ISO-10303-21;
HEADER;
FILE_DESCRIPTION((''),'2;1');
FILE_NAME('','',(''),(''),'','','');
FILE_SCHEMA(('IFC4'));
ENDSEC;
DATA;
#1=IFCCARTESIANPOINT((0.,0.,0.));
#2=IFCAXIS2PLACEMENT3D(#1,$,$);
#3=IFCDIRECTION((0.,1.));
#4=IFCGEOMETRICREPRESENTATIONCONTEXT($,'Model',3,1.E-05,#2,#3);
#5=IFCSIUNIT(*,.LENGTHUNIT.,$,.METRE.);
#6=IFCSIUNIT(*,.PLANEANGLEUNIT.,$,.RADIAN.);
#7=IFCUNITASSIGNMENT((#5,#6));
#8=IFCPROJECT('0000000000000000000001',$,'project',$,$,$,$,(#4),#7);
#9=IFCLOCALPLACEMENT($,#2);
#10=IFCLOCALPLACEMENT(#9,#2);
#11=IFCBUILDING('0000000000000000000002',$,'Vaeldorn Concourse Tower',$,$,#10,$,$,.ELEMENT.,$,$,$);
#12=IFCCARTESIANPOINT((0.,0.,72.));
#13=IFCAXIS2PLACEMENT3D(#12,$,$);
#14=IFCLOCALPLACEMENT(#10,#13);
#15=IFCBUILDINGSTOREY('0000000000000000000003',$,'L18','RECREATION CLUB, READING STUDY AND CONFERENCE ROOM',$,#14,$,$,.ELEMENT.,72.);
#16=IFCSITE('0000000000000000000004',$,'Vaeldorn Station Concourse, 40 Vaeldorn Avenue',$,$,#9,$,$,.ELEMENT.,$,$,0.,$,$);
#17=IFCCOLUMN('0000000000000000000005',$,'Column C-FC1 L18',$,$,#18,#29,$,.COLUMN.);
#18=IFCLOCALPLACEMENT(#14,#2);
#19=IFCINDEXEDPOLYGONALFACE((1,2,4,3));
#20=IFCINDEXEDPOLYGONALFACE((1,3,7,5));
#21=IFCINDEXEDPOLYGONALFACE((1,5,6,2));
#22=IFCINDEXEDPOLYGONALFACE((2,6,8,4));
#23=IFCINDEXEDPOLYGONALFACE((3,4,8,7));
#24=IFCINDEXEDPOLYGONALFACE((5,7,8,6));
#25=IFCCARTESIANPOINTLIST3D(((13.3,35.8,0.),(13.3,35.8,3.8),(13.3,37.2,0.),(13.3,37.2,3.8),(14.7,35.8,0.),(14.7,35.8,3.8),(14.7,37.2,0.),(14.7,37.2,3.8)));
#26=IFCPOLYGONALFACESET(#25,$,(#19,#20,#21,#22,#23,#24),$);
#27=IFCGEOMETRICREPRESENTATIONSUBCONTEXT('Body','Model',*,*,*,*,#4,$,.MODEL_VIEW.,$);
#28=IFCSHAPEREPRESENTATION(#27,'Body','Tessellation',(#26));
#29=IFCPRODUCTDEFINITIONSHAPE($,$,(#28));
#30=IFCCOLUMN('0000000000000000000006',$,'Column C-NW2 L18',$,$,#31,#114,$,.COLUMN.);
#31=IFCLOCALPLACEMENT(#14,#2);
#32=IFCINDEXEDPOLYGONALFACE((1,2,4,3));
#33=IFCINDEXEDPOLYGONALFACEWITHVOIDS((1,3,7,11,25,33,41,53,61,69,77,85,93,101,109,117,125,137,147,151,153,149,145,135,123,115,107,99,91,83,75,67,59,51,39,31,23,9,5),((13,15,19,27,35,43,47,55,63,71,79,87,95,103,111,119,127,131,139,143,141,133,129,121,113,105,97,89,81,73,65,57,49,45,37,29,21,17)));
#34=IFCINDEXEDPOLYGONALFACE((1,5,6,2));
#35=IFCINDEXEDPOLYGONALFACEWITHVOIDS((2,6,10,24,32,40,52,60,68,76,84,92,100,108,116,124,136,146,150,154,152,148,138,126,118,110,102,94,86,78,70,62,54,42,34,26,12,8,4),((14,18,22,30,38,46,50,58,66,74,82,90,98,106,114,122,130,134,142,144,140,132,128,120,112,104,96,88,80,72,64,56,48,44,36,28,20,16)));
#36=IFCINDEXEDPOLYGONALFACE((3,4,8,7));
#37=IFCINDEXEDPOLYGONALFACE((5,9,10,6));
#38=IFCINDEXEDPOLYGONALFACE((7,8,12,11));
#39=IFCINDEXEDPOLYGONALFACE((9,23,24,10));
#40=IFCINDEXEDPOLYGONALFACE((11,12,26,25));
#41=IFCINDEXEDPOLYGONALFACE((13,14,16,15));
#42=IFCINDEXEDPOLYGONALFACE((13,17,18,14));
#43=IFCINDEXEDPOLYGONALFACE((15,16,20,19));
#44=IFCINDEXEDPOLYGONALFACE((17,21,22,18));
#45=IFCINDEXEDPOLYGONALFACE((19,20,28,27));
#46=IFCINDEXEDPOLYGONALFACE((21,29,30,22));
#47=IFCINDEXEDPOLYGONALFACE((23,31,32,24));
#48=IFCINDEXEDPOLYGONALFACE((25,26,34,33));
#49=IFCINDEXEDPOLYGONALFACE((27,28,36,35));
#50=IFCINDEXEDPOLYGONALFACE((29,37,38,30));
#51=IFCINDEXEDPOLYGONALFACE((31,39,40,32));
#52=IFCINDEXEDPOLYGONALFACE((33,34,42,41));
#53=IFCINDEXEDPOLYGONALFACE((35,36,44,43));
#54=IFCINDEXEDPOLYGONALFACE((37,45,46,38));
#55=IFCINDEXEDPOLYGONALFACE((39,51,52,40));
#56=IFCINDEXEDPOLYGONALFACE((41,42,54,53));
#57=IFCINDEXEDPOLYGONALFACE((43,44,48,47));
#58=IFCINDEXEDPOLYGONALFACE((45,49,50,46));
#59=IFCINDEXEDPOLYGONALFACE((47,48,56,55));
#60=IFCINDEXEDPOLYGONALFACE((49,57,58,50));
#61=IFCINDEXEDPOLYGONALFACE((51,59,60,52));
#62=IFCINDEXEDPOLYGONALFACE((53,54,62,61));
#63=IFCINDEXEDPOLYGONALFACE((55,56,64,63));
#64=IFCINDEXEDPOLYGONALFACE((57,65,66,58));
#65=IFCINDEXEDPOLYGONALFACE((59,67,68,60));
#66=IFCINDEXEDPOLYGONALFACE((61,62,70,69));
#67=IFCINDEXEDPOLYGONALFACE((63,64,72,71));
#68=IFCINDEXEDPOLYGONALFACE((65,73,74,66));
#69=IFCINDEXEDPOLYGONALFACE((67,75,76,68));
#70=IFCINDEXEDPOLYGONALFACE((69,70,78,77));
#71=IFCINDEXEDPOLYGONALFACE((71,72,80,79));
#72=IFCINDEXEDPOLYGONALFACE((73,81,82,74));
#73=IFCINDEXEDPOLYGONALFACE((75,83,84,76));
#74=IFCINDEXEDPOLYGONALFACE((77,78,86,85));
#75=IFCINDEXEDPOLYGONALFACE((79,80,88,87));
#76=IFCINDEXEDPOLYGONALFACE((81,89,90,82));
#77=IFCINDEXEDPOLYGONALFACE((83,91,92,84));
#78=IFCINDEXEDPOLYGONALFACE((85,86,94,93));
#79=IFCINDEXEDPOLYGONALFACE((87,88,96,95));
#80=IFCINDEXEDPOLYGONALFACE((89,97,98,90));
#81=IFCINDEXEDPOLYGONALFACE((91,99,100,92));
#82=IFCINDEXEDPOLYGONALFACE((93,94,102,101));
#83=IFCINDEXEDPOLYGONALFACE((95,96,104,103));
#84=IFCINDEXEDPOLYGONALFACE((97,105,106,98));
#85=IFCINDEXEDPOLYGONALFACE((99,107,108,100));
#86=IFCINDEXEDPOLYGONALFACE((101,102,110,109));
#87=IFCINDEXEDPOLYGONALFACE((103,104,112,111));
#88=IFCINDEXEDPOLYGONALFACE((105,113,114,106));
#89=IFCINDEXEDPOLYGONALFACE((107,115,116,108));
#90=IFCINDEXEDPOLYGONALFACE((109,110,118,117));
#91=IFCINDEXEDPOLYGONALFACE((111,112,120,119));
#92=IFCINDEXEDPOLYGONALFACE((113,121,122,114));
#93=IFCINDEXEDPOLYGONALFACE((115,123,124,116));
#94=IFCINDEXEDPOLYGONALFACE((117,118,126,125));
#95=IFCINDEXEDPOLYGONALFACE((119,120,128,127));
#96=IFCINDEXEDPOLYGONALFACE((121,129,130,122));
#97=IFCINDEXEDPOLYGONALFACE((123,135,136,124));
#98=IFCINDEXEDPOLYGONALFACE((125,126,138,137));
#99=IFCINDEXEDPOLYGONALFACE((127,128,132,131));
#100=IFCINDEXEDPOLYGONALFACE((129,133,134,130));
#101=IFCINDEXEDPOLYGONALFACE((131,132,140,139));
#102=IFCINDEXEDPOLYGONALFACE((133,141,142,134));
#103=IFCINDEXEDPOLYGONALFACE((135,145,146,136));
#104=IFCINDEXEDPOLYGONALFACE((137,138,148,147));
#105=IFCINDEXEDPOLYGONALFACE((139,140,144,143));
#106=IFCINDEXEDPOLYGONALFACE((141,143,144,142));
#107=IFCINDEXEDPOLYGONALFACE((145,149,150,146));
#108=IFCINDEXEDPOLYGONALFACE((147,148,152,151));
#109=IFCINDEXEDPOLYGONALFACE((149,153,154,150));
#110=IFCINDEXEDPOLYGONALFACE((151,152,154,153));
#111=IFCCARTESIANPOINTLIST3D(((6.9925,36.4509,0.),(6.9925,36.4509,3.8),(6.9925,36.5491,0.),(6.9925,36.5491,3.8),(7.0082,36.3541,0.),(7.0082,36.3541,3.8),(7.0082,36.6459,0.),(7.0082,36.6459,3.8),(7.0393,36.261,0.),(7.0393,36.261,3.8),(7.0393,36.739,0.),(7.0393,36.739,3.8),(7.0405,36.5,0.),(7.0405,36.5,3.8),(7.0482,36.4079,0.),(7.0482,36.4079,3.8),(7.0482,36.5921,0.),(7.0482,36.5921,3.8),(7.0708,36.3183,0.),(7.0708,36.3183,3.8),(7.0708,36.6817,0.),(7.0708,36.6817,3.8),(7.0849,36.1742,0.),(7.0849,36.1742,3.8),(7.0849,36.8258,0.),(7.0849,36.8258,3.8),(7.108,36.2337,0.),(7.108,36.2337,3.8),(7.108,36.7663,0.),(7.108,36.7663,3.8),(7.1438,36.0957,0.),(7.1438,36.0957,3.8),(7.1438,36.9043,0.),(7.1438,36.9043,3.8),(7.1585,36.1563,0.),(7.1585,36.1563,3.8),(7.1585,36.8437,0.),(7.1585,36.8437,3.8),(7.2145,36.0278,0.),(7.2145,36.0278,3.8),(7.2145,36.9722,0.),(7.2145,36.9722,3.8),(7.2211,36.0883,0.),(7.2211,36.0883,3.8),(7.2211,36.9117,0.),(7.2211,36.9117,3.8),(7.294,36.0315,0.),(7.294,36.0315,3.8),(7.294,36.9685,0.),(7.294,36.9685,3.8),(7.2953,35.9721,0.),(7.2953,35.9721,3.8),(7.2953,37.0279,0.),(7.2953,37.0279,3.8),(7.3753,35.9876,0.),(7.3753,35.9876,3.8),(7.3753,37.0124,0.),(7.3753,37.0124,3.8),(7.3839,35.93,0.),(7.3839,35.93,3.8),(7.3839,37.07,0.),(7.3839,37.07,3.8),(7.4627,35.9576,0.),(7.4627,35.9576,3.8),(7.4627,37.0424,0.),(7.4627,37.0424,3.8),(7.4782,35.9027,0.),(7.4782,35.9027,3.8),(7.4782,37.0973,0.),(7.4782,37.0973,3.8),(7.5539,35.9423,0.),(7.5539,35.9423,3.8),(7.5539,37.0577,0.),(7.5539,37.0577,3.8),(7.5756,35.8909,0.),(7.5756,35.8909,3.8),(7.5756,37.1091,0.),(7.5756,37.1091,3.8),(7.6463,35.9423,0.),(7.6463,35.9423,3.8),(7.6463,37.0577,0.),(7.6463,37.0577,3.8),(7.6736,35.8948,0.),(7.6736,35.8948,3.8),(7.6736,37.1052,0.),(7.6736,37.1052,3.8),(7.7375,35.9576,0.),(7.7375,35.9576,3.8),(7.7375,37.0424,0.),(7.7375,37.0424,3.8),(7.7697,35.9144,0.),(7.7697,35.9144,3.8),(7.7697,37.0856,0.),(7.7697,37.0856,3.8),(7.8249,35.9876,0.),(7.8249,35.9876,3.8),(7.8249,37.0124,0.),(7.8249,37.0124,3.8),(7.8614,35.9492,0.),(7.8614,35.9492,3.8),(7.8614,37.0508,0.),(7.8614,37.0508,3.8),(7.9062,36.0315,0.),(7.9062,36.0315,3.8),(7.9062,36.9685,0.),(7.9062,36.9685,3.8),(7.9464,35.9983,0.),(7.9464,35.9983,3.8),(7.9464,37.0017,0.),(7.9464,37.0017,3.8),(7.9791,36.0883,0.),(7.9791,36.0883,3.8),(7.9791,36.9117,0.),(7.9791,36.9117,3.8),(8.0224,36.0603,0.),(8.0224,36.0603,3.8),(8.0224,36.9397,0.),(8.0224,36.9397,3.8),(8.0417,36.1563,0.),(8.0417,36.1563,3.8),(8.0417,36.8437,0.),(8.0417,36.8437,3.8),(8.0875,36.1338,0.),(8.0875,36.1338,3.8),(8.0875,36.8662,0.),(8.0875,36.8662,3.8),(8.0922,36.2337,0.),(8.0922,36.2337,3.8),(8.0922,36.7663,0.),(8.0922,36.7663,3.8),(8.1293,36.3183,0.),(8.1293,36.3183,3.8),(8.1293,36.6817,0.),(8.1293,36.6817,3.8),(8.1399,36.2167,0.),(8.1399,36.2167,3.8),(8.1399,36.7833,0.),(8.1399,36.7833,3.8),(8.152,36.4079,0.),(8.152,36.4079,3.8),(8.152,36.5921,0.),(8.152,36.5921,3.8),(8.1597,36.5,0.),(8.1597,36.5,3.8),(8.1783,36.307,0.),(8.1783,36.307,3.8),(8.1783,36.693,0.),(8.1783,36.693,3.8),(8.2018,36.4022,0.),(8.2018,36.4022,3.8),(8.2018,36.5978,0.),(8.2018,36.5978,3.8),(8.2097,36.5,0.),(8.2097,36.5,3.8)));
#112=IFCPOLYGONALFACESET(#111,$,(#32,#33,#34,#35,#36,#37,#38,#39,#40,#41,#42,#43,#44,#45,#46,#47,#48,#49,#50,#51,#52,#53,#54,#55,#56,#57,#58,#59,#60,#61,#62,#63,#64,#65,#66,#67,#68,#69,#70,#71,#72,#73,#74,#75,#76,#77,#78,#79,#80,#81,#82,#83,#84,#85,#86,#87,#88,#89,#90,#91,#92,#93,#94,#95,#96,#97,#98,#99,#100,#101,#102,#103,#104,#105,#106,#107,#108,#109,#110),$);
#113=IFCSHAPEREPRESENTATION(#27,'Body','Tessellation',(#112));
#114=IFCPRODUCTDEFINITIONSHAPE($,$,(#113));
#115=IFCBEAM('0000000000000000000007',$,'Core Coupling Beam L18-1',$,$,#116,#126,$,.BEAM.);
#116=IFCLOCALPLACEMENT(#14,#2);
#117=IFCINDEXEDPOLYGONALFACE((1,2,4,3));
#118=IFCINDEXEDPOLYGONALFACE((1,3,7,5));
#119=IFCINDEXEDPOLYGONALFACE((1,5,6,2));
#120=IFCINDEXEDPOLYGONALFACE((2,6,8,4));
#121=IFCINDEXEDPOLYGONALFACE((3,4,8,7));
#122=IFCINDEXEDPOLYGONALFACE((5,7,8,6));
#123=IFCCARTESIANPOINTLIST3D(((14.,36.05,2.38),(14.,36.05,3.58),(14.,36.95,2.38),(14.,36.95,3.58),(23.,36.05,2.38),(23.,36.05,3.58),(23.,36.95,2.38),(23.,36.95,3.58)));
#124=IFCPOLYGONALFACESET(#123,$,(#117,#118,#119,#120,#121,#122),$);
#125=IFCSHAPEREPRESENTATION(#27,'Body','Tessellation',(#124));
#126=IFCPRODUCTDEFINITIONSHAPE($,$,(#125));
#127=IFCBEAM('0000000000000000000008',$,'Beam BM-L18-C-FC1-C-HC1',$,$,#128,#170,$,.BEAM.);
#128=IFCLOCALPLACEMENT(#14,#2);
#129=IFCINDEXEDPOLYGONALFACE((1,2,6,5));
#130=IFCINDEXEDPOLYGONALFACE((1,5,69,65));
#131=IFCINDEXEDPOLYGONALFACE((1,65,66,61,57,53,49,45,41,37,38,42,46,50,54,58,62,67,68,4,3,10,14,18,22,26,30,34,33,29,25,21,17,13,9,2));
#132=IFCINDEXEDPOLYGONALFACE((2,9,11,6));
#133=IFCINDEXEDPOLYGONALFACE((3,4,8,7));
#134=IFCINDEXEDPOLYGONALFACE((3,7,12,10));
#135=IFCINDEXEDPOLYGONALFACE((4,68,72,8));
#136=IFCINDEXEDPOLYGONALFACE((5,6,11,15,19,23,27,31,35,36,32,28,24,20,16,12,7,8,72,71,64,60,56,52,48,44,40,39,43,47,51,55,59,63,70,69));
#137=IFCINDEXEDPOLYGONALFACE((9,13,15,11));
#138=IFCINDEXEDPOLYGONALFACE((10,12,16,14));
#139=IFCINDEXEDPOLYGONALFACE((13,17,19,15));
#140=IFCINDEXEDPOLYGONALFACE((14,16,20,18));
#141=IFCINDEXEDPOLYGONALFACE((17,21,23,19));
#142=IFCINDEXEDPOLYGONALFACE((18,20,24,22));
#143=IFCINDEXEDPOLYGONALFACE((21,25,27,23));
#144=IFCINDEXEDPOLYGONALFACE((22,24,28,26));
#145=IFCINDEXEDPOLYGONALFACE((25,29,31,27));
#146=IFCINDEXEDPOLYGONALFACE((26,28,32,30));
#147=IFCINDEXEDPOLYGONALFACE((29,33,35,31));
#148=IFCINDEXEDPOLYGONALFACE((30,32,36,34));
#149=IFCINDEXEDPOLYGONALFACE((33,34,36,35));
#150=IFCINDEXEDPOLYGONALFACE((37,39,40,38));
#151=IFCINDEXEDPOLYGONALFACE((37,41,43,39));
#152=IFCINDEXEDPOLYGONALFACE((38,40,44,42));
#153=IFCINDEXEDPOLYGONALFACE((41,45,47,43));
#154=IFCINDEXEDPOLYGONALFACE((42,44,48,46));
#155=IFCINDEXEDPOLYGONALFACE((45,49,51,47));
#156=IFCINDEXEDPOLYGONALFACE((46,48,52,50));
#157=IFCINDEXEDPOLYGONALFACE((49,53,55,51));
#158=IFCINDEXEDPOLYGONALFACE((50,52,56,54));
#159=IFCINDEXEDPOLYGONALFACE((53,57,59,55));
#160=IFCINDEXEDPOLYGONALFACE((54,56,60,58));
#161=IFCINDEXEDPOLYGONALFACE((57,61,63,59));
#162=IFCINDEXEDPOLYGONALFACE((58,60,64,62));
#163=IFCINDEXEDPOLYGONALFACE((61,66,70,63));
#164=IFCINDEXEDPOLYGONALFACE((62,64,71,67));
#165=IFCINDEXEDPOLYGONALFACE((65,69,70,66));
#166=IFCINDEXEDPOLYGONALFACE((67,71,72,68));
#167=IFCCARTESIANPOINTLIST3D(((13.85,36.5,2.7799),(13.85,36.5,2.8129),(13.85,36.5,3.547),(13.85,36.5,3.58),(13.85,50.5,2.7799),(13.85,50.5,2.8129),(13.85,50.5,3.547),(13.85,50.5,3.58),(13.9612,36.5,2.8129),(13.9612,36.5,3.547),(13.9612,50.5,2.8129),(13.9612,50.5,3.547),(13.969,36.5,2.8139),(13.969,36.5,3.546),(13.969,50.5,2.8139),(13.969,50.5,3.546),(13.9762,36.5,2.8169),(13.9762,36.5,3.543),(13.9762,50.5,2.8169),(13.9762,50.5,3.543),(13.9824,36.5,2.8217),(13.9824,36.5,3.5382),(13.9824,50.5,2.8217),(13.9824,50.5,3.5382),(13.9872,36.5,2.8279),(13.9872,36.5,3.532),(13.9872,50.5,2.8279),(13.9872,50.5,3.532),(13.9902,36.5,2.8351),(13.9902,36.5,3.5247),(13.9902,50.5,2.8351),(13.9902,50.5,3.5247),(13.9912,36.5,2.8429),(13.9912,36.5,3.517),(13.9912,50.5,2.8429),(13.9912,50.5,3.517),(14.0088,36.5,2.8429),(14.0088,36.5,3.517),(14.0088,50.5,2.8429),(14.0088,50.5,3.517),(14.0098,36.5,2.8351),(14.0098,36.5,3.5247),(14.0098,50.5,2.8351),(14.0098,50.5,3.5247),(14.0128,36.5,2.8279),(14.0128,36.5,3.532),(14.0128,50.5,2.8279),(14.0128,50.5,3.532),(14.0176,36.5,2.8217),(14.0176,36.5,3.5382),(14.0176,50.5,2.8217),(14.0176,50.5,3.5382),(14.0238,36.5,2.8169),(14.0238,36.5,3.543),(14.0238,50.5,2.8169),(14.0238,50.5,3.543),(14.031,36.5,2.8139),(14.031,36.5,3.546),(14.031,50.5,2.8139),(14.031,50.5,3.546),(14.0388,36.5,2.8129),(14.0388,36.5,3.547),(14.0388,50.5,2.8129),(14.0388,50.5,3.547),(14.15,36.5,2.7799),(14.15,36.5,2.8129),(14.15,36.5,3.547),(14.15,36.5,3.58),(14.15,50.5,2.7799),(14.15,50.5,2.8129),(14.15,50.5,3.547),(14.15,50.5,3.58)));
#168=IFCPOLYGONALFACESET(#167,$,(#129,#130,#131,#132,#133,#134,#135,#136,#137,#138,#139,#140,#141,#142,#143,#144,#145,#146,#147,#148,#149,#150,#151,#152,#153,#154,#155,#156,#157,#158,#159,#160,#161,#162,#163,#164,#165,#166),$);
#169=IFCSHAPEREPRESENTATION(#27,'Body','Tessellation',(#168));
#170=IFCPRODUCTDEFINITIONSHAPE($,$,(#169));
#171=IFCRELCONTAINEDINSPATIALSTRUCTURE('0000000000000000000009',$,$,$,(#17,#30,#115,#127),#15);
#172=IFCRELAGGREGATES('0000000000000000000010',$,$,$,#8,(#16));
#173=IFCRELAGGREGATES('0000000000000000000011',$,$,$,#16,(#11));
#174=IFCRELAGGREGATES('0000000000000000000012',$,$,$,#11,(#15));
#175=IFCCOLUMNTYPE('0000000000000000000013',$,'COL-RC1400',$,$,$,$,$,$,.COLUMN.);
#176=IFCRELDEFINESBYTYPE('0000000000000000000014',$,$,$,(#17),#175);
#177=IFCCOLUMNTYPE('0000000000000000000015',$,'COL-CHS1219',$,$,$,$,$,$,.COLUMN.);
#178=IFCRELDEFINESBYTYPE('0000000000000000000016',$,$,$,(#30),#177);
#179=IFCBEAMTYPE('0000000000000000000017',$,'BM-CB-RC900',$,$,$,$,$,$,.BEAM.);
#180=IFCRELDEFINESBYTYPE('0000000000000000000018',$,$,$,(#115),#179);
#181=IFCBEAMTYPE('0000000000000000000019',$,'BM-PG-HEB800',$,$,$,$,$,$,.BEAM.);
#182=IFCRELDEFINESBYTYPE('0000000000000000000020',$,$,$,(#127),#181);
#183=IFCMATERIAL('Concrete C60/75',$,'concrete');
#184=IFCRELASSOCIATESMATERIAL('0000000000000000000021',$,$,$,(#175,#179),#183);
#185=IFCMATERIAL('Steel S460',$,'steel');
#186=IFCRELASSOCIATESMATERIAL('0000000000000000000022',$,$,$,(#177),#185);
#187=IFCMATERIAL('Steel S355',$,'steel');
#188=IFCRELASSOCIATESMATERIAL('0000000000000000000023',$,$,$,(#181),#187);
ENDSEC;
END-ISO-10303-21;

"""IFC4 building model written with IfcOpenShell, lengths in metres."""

from ifc_helpers import new_model, si_unit, direction, frame, origin, origin_2d, place, context, subcontext, project, spatial, rectangle, hollow_circle, i_section, extrude, source, transform, mapped, material, material_profile, profile_set, type_object, element, save


model = new_model("IFC4")

# Units and contexts
model_context = context("Model", 3, precision=1e-05, world=origin(), true_north=direction((0.0, 1.0)))
body_context = subcontext(model_context, "Body", "Model", "MODEL_VIEW")
ifc_project = project(units=[si_unit("LENGTHUNIT", "METRE"), si_unit("PLANEANGLEUNIT", "RADIAN")], contexts=[model_context])

# Site, building, storey
site_placement = place(None, origin())
site = spatial("IfcSite", under=ifc_project, at=site_placement, Name="Vaeldorn Station Concourse, 40 Vaeldorn Avenue", CompositionType="ELEMENT", RefElevation=0.0)
building_placement = place(site_placement, origin())
building = spatial("IfcBuilding", under=site, at=building_placement, Name="Vaeldorn Concourse Tower", CompositionType="ELEMENT")
storey_placement = place(building_placement, frame((0.0, 0.0, 72.0)))
storey = spatial("IfcBuildingStorey", under=building, at=storey_placement, Name="L18", Description="RECREATION CLUB, READING STUDY AND CONFERENCE ROOM", CompositionType="ELEMENT", Elevation=72.0)

# Columns
ifc_material_1 = material(Name="Concrete C60/75", Category="concrete")
ifc_material_profile_1 = material_profile(ifc_material_1, rectangle(XDim=1.3999, YDim=1.3999, at=origin_2d()), Name="RC 1400x1400")
ifc_profile_set_1 = profile_set([ifc_material_profile_1], Name="Concrete C60/75")
column_type_1 = type_object("IfcColumnType", Name="COL-RC1400", PredefinedType="COLUMN", material=ifc_profile_set_1)
shared_shape_1 = source(origin(), body_context, "Body", "SweptSolid", [
    extrude(rectangle(XDim=1.3999, YDim=1.3999, at=origin_2d()), origin(), (0.0, 0.0, 1.0), 3.8),
])
column_1_placement = place(storey_placement, frame((14.0, 36.5, 0.0), z_axis=(0.0, 0.0, 1.0), x_axis=(1.0, 0.0, 0.0)))
element("IfcColumn", 1, at=column_1_placement, inside=storey, type_object=column_type_1, Name="Column C-FC1 L18", PredefinedType="COLUMN", context=body_context, shape_type="MappedRepresentation", body=[
    mapped(shared_shape_1, transform((0.0, 0.0, 0.0), scale=1.0)),
])
ifc_material_2 = material(Name="Steel S460", Category="steel")
ifc_material_profile_2 = material_profile(ifc_material_2, hollow_circle(Radius=0.6096, WallThickness=0.05, at=origin_2d()), Name="CHS 1219x50")
ifc_profile_set_2 = profile_set([ifc_material_profile_2], Name="Steel S460")
column_type_2 = type_object("IfcColumnType", Name="COL-CHS1219", PredefinedType="COLUMN", material=ifc_profile_set_2)
shared_shape_2 = source(origin(), body_context, "Body", "SweptSolid", [
    extrude(hollow_circle(Radius=0.6096, WallThickness=0.05, at=origin_2d()), origin(), (0.0, 0.0, 1.0), 3.8),
])
column_2_placement = place(storey_placement, frame((7.6001, 36.5, 0.0), z_axis=(0.0, 0.0, 1.0), x_axis=(1.0, 0.0, 0.0)))
element("IfcColumn", 2, at=column_2_placement, inside=storey, type_object=column_type_2, Name="Column C-NW2 L18", PredefinedType="COLUMN", context=body_context, shape_type="MappedRepresentation", body=[
    mapped(shared_shape_2, transform((0.0, 0.0, 0.0), scale=1.0)),
])

# Beams
ifc_material_profile_3 = material_profile(ifc_material_1, rectangle(XDim=0.8999, YDim=1.2, at=origin_2d()), Name="RC 900x1200")
ifc_profile_set_3 = profile_set([ifc_material_profile_3], Name="Concrete C60/75")
beam_type_1 = type_object("IfcBeamType", Name="BM-CB-RC900", PredefinedType="BEAM", material=ifc_profile_set_3)
shared_shape_3 = source(origin(), body_context, "Body", "SweptSolid", [
    extrude(rectangle(XDim=0.8999, YDim=1.2, at=origin_2d()), origin(), (0.0, 0.0, 1.0), 9.0),
])
beam_1_placement = place(storey_placement, frame((14.0, 36.5, 2.98), z_axis=(1.0, 0.0, 0.0), x_axis=(0.0, 1.0, 0.0)))
element("IfcBeam", 3, at=beam_1_placement, inside=storey, type_object=beam_type_1, Name="Core Coupling Beam L18-1", PredefinedType="BEAM", context=body_context, shape_type="MappedRepresentation", body=[
    mapped(shared_shape_3, transform((0.0, 0.0, 0.0), scale=1.0)),
])
ifc_material_3 = material(Name="Steel S355", Category="steel")
ifc_material_profile_4 = material_profile(ifc_material_3, i_section(OverallWidth=0.3, OverallDepth=0.8, WebThickness=0.0176, FlangeThickness=0.033, FilletRadius=0.03, at=origin_2d()), Name="HEB 800")
ifc_profile_set_4 = profile_set([ifc_material_profile_4], Name="Steel S355")
beam_type_2 = type_object("IfcBeamType", Name="BM-PG-HEB800", PredefinedType="BEAM", material=ifc_profile_set_4)
shared_shape_4 = source(origin(), body_context, "Body", "SweptSolid", [
    extrude(i_section(OverallWidth=0.3, OverallDepth=0.8, WebThickness=0.0176, FlangeThickness=0.033, FilletRadius=0.03, at=origin_2d()), origin(), (0.0, 0.0, 1.0), 14.0),
])
beam_2_placement = place(storey_placement, frame((14.0, 36.5, 3.1799), z_axis=(0.0, 1.0, 0.0), x_axis=(-1.0, 0.0, 0.0)))
element("IfcBeam", 4, at=beam_2_placement, inside=storey, type_object=beam_type_2, Name="Beam BM-L18-C-FC1-C-HC1", PredefinedType="BEAM", context=body_context, shape_type="MappedRepresentation", body=[
    mapped(shared_shape_4, transform((0.0, 0.0, 0.0), scale=1.0)),
])

save(model, "model.ifc")
